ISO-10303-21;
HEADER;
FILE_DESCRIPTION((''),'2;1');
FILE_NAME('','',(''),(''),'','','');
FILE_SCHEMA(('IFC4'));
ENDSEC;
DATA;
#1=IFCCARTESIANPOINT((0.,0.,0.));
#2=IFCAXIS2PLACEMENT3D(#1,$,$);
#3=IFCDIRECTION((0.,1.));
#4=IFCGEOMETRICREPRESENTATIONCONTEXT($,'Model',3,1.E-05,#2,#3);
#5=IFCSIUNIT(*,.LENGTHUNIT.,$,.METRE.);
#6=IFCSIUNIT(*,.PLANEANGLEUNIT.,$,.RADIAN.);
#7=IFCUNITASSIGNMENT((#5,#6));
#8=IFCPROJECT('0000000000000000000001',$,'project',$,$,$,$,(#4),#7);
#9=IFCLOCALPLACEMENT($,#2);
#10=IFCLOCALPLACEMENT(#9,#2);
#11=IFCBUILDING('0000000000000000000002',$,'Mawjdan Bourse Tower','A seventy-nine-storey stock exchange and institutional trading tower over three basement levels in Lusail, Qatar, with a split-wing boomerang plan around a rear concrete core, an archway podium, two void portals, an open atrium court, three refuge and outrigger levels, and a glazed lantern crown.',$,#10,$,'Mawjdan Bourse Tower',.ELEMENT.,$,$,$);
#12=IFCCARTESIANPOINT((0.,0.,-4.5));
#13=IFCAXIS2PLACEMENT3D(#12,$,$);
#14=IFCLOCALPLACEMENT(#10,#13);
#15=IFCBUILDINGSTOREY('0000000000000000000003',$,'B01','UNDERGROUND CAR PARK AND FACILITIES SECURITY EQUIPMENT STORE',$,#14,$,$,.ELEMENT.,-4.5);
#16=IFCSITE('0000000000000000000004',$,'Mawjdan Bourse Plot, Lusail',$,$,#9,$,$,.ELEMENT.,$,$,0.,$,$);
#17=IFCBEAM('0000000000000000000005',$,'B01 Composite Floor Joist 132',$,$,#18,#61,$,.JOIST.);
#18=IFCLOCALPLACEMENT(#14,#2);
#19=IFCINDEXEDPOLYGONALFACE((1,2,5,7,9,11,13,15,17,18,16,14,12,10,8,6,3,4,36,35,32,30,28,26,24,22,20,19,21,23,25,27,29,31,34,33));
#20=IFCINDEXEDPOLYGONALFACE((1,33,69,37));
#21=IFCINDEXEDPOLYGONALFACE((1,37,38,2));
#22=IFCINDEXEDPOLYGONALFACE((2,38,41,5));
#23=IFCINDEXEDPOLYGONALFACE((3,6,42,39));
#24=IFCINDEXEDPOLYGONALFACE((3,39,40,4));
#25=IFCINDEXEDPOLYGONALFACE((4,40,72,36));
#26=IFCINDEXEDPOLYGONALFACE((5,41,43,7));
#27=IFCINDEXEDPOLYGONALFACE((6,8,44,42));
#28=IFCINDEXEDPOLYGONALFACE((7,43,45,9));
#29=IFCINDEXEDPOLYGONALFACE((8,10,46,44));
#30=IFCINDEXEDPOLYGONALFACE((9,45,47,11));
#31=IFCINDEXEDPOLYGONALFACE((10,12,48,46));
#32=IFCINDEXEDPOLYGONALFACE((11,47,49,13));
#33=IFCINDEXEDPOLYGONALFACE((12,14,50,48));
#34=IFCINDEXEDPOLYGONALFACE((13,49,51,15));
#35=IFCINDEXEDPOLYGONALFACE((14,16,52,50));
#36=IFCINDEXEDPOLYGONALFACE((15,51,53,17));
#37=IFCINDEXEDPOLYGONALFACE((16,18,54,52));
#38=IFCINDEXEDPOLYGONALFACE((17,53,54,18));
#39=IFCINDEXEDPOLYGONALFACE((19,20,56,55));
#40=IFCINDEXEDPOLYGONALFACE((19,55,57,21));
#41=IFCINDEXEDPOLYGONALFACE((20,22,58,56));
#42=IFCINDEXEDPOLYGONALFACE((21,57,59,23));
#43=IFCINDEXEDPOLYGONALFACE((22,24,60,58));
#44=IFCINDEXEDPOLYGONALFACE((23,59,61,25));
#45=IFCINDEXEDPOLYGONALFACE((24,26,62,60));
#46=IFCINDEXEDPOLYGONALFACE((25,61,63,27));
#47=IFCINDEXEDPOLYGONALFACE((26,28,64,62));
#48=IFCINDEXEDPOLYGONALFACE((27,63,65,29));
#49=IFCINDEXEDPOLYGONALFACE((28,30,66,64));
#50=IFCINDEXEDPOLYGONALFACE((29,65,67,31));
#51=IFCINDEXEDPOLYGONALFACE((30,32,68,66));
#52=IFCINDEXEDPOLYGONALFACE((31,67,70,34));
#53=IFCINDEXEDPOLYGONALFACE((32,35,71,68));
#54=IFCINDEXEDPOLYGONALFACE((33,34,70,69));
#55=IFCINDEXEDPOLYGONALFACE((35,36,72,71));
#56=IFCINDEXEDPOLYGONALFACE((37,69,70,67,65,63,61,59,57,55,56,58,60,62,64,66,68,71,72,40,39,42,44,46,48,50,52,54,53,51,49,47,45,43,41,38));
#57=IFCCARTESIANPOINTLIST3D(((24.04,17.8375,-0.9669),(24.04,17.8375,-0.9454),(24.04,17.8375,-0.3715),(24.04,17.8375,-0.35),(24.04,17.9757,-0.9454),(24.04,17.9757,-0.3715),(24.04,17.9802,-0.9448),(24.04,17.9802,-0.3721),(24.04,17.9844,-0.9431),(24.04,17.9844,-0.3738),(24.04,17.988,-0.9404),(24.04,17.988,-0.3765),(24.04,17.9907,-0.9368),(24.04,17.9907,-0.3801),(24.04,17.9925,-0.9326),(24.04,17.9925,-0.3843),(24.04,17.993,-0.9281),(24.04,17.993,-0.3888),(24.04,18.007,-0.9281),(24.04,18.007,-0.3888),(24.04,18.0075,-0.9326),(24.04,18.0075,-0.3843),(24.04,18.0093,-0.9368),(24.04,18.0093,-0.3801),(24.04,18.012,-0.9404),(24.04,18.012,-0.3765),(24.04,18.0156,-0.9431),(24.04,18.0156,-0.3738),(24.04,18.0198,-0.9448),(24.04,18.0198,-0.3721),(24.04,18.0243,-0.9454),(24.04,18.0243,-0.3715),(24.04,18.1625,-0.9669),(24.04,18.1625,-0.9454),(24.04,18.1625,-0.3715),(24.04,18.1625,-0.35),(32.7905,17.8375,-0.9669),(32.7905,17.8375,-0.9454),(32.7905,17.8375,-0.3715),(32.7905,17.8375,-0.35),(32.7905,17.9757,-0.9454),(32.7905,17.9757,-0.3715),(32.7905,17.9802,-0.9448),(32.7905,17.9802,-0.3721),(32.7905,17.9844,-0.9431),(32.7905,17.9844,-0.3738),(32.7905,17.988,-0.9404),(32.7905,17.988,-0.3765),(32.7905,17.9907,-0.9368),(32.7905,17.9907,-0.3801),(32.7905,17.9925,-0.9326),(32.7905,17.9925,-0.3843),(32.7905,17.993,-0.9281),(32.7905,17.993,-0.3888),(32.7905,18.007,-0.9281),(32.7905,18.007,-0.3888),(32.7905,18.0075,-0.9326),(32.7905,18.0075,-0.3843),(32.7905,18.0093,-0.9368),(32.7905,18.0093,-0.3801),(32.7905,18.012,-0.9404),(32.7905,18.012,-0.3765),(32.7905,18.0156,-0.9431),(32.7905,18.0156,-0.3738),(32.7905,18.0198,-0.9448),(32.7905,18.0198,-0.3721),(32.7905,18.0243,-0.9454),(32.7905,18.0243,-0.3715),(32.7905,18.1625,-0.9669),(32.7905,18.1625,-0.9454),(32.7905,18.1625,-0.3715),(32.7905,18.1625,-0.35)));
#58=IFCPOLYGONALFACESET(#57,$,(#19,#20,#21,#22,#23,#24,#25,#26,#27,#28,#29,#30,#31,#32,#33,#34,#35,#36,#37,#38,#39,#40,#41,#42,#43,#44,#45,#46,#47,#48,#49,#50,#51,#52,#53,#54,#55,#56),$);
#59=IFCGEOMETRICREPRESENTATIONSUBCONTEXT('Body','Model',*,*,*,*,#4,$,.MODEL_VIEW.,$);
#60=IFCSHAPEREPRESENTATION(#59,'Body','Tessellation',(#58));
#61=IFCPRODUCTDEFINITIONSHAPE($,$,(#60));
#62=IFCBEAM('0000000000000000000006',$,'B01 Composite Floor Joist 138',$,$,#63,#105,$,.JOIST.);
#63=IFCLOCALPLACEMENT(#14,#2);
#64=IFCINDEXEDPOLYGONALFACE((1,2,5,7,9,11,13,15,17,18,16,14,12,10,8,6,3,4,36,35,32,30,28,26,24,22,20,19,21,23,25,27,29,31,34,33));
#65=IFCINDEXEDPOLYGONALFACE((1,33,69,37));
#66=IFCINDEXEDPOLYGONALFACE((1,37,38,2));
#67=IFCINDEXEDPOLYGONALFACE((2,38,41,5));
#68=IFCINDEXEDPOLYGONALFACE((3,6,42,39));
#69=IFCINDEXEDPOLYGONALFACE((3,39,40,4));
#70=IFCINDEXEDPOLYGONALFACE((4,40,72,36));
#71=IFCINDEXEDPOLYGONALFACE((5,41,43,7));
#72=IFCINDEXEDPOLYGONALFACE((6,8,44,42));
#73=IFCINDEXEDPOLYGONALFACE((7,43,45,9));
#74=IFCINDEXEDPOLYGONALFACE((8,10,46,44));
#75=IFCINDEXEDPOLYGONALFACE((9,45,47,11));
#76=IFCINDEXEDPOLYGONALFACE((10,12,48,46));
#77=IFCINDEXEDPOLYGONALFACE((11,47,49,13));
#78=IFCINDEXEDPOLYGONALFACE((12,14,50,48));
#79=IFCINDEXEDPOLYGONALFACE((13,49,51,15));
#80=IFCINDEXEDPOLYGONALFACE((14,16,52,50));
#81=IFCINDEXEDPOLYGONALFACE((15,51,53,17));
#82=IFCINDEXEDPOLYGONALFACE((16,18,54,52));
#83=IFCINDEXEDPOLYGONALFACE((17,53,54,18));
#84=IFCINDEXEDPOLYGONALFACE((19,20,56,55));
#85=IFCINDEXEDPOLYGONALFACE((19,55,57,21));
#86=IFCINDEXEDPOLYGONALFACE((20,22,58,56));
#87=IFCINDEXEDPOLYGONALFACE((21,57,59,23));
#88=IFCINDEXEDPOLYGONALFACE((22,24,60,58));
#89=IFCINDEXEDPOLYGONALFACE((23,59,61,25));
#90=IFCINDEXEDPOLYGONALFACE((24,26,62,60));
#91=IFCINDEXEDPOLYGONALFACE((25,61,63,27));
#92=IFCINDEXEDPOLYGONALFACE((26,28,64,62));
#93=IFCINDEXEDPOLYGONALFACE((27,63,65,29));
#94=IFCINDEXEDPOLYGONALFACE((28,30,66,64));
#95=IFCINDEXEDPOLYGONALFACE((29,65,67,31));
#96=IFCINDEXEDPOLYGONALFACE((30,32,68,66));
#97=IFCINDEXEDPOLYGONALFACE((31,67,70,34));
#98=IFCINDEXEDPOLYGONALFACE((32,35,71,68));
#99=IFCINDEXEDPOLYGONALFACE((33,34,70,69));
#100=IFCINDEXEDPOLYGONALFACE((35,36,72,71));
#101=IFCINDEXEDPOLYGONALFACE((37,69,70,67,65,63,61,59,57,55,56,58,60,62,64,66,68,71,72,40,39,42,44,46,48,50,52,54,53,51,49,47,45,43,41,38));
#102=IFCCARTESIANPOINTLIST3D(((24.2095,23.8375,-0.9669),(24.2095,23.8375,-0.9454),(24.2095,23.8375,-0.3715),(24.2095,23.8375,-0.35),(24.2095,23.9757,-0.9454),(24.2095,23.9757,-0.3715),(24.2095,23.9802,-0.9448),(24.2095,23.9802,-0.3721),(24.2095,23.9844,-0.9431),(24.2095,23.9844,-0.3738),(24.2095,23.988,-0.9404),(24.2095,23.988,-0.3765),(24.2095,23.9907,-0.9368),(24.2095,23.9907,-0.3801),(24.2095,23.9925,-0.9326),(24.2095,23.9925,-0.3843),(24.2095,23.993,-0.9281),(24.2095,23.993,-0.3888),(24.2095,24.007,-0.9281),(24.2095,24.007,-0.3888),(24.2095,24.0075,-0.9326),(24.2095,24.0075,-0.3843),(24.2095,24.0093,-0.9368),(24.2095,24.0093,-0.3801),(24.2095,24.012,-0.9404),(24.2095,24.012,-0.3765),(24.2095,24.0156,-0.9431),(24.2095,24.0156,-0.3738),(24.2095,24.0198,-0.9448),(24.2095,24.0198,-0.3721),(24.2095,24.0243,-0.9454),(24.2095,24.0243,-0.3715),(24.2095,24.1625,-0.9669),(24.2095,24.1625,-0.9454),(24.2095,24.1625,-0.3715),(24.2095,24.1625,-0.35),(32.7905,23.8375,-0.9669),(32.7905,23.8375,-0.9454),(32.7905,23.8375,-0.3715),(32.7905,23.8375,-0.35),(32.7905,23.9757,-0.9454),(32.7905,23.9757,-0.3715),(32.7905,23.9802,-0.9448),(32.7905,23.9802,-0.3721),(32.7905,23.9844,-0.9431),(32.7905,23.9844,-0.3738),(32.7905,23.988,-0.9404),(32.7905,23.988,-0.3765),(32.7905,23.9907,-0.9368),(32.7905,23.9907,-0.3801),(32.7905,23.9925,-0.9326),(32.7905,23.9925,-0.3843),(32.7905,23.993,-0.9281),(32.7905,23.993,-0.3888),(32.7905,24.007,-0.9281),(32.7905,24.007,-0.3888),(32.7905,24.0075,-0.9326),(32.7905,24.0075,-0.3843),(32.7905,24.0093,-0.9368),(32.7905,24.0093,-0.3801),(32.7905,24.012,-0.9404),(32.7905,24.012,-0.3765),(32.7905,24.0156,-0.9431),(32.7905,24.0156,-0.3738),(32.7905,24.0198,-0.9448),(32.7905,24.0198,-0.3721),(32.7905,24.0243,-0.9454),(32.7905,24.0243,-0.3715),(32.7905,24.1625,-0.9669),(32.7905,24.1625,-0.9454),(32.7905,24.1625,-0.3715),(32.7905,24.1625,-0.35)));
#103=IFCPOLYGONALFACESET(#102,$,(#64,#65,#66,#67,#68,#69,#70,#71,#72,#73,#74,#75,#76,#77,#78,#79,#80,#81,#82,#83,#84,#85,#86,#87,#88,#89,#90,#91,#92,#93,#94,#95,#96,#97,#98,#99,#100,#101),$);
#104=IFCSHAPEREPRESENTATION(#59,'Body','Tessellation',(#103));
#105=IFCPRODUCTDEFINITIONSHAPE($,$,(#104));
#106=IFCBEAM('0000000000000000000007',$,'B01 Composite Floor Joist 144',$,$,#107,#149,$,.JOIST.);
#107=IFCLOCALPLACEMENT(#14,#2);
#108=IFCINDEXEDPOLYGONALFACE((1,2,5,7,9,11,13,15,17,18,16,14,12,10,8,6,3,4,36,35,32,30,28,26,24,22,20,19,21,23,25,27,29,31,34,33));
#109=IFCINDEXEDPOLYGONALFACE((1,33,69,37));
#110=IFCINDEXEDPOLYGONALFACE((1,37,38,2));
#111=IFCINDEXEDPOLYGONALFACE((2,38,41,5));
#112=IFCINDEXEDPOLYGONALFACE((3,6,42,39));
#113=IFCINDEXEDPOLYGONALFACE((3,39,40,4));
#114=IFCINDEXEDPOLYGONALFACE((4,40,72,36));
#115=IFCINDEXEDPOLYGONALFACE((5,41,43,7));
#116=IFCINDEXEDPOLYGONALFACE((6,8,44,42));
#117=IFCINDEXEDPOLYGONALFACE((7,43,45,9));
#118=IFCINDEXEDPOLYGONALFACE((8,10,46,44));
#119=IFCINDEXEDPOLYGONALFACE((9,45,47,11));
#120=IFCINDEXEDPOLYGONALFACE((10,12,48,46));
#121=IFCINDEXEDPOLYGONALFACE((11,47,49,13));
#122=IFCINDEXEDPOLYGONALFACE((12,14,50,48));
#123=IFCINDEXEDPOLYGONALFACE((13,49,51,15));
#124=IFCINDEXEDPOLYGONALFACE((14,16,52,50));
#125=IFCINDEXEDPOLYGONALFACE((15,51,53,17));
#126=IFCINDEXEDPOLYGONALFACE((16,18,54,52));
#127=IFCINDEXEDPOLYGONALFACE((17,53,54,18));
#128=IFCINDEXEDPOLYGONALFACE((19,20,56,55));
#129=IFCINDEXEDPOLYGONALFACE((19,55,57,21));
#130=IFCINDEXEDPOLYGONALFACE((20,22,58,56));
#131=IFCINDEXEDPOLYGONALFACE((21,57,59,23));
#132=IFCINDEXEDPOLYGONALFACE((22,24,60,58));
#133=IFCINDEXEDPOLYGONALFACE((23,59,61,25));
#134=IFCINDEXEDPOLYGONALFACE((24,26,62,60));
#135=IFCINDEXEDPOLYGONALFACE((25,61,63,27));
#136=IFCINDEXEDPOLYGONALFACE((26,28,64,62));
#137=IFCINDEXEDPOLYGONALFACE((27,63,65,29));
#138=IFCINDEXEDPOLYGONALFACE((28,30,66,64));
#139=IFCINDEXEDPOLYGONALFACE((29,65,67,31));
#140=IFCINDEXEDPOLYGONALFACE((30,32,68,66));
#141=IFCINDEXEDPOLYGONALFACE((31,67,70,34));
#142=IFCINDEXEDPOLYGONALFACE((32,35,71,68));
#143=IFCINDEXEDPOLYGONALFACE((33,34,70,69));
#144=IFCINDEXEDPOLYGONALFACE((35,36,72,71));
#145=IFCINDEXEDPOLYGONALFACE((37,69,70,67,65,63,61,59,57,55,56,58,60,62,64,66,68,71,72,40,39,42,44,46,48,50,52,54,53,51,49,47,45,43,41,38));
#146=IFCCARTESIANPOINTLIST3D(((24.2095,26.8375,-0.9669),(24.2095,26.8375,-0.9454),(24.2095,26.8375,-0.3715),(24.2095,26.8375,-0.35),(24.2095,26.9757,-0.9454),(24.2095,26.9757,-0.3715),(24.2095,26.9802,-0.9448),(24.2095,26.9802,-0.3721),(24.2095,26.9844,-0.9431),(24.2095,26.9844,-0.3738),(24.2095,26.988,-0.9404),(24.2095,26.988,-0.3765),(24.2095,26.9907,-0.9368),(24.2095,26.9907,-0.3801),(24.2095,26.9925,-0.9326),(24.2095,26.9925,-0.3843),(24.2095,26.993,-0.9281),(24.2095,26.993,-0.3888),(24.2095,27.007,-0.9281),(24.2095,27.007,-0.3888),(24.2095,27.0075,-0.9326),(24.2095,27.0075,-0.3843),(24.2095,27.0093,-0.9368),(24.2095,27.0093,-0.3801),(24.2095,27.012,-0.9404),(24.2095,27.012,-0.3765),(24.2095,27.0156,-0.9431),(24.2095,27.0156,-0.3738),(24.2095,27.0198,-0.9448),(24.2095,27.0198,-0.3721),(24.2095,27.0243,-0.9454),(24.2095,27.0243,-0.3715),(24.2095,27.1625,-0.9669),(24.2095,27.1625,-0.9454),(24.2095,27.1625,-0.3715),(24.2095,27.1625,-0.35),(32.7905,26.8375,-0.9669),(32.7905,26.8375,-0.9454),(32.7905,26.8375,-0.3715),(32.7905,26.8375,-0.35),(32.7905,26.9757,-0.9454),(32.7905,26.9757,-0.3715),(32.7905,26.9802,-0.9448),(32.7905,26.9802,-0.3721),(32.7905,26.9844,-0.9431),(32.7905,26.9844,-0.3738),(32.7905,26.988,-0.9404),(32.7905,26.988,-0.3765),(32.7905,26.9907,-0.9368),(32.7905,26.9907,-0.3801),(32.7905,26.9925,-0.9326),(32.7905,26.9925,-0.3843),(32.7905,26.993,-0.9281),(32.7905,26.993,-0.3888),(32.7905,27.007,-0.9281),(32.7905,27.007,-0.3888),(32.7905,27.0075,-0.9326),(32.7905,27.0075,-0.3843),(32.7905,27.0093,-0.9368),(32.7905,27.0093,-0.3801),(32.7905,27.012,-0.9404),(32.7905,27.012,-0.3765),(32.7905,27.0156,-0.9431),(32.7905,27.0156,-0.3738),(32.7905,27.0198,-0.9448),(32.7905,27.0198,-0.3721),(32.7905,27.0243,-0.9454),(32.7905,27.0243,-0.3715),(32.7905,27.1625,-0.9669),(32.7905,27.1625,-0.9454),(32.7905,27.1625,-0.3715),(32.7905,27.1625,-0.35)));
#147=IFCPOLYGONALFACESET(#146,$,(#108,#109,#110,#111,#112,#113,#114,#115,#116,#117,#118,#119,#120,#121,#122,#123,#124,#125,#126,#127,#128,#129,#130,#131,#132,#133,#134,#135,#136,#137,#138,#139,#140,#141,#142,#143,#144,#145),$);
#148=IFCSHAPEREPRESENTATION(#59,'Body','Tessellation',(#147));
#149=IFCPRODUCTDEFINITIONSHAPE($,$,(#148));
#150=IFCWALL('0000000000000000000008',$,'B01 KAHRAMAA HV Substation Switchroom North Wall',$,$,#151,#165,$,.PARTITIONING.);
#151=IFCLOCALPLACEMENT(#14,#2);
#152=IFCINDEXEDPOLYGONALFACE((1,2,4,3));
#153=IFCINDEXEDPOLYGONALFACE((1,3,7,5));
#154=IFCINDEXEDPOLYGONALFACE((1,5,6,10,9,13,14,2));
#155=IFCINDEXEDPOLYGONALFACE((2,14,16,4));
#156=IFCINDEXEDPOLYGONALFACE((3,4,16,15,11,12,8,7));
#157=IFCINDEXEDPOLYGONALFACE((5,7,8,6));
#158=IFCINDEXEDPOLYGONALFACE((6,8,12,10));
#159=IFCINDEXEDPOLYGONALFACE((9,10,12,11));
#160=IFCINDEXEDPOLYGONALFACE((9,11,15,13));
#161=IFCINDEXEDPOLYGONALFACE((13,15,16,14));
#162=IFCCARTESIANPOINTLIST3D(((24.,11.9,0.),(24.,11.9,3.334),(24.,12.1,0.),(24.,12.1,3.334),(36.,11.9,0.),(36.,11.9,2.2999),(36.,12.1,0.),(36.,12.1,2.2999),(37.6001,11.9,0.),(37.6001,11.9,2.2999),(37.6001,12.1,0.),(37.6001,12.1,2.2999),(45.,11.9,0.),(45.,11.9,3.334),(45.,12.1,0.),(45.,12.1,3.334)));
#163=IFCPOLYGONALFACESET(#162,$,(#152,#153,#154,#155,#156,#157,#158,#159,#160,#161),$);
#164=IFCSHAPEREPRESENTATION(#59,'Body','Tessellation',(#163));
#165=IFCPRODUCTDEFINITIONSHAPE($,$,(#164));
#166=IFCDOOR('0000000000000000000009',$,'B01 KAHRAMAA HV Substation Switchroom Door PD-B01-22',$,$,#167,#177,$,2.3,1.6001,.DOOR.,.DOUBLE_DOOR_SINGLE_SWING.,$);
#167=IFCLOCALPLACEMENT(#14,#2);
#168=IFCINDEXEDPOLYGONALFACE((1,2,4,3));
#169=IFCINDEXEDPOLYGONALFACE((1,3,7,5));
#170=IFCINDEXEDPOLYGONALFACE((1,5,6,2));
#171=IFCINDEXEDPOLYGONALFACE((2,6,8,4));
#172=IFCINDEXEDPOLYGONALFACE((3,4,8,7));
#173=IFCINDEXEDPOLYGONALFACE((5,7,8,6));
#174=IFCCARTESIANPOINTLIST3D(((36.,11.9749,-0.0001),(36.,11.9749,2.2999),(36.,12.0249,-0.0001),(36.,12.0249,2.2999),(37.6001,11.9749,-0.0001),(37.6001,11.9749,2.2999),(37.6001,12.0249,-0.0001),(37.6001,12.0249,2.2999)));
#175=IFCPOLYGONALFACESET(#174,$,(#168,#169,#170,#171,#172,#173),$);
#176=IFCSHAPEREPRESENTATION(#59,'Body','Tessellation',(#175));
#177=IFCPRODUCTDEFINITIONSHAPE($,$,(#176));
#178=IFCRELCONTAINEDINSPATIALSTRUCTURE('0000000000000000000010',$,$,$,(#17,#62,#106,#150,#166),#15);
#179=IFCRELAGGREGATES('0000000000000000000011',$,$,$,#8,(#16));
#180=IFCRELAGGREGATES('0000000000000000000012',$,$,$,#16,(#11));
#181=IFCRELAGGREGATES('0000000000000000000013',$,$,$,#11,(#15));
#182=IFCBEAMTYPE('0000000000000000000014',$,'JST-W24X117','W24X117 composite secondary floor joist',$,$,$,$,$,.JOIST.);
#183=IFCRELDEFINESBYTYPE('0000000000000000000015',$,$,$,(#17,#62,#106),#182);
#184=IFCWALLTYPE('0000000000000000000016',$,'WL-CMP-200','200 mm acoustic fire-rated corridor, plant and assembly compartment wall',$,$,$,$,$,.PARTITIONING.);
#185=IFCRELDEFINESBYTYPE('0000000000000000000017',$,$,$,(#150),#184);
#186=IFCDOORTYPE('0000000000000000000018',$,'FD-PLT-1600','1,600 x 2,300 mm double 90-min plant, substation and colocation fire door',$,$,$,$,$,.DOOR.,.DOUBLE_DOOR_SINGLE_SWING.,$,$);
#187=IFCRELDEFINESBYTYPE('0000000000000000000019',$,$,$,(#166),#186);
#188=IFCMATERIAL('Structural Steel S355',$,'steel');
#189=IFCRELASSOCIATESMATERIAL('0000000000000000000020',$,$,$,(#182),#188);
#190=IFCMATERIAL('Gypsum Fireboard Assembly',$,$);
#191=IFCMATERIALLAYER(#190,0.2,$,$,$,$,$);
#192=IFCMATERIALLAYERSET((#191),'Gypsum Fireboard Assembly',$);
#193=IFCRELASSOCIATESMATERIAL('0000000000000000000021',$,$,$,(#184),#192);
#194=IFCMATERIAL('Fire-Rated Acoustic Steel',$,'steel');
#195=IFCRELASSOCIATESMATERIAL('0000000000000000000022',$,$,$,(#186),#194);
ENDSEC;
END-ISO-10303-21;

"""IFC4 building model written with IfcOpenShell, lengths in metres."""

from ifc_helpers import new_model, si_unit, direction, frame, frame_2d, origin, origin_2d, place, context, subcontext, project, spatial, rectangle, i_section, extrude, material, layer, layer_set, material_profile, profile_set, type_object, element, fill, save


model = new_model("IFC4")

# Units and contexts
model_context = context("Model", 3, precision=1e-05, world=origin(), true_north=direction((0.0, 1.0)))
body_context = subcontext(model_context, "Body", "Model", "MODEL_VIEW")
ifc_project = project(units=[si_unit("LENGTHUNIT", "METRE"), si_unit("PLANEANGLEUNIT", "RADIAN")], contexts=[model_context])

# Site, building, storey
site_placement = place(None, origin())
site = spatial("IfcSite", under=ifc_project, at=site_placement, Name="Mawjdan Bourse Plot, Lusail", CompositionType="ELEMENT", RefElevation=0.0)
building_placement = place(site_placement, origin())
building = spatial("IfcBuilding", under=site, at=building_placement, Name="Mawjdan Bourse Tower", Description="A seventy-nine-storey stock exchange and institutional trading tower over three basement levels in Lusail, Qatar, with a split-wing boomerang plan around a rear concrete core, an archway podium, two void portals, an open atrium court, three refuge and outrigger levels, and a glazed lantern crown.", LongName="Mawjdan Bourse Tower", CompositionType="ELEMENT")
storey_placement = place(building_placement, frame((0.0, 0.0, -4.5)))
storey = spatial("IfcBuildingStorey", under=building, at=storey_placement, Name="B01", Description="UNDERGROUND CAR PARK AND FACILITIES SECURITY EQUIPMENT STORE", CompositionType="ELEMENT", Elevation=-4.5)

# Beams
ifc_material_1 = material(Name="Structural Steel S355", Category="steel")
ifc_material_profile_1 = material_profile(ifc_material_1, i_section(OverallWidth=0.325, OverallDepth=0.6169, WebThickness=0.0139, FlangeThickness=0.0215, FilletRadius=0.0173, at=origin_2d()), Name="W24X117")
ifc_profile_set_1 = profile_set([ifc_material_profile_1], Name="Structural Steel S355")
beam_type_1 = type_object("IfcBeamType", Name="JST-W24X117", Description="W24X117 composite secondary floor joist", PredefinedType="JOIST", material=ifc_profile_set_1)
beam_1_placement = place(storey_placement, frame((24.04, 18.0, -0.6584), z_axis=(1.0, 0.0, 0.0), x_axis=(0.0, 1.0, 0.0)))
element("IfcBeam", 1, at=beam_1_placement, inside=storey, type_object=beam_type_1, Name="B01 Composite Floor Joist 132", PredefinedType="JOIST", context=body_context, shape_type="SweptSolid", body=[
    extrude(i_section(OverallWidth=0.325, OverallDepth=0.6169, WebThickness=0.0139, FlangeThickness=0.0215, FilletRadius=0.0173, at=origin_2d()), origin(), (0.0, 0.0, 1.0), 8.7505),
])
for number, where, z_axis, x_axis, name in (
    (2, (24.2095, 24.0, -0.6584), (1.0, 0.0, 0.0), (0.0, 1.0, 0.0), "B01 Composite Floor Joist 138"),
    (3, (24.2095, 27.0, -0.6584), (1.0, 0.0, 0.0), (0.0, 1.0, 0.0), "B01 Composite Floor Joist 144"),
):
    element("IfcBeam", number, at=place(storey_placement, frame(where, z_axis=z_axis, x_axis=x_axis)), inside=storey, type_object=beam_type_1, Name=name, PredefinedType="JOIST", context=body_context, shape_type="SweptSolid", body=[
        extrude(i_section(OverallWidth=0.325, OverallDepth=0.6169, WebThickness=0.0139, FlangeThickness=0.0215, FilletRadius=0.0173, at=origin_2d()), origin(), (0.0, 0.0, 1.0), 8.5811),
    ])

# Wall, opening, door
ifc_material_2 = material(Name="Gypsum Fireboard Assembly")
ifc_layer = layer(ifc_material_2, 0.2)
ifc_layer_set = layer_set([ifc_layer], Name="Gypsum Fireboard Assembly")
wall_type = type_object("IfcWallType", Name="WL-CMP-200", Description="200 mm acoustic fire-rated corridor, plant and assembly compartment wall", PredefinedType="PARTITIONING", material=ifc_layer_set)
wall_placement = place(storey_placement, frame((24.0, 12.0, 0.0), z_axis=(0.0, 0.0, 1.0), x_axis=(1.0, 0.0, 0.0)))
wall = element("IfcWall", 4, at=wall_placement, inside=storey, type_object=wall_type, Name="B01 KAHRAMAA HV Substation Switchroom North Wall", PredefinedType="PARTITIONING", context=body_context, shape_type="SweptSolid", body=[
    extrude(rectangle(XDim=21.0, YDim=0.2, at=frame_2d((10.5, 0.0))), origin(), (0.0, 0.0, 1.0), 3.334),
])
opening_placement = place(wall_placement, frame((12.0, 0.0, 0.0)))
opening = element("IfcOpeningElement", 5, at=opening_placement, cuts=wall, PredefinedType="OPENING", context=body_context, shape_type="SweptSolid", body=[
    extrude(rectangle(XDim=1.6001, YDim=2.3, at=frame_2d((0.8, 1.1499))), frame((0.0, 0.1099, 0.0), z_axis=(0.0, -1.0, 0.0), x_axis=(1.0, 0.0, 0.0)), (0.0, 0.0, 1.0), 0.22),
])
ifc_material_3 = material(Name="Fire-Rated Acoustic Steel", Category="steel")
door_type = type_object("IfcDoorType", Name="FD-PLT-1600", Description="1,600 x 2,300 mm double 90-min plant, substation and colocation fire door", OperationType="DOUBLE_DOOR_SINGLE_SWING", PredefinedType="DOOR", material=ifc_material_3)
door_placement = place(opening_placement, origin())
door = element("IfcDoor", 6, at=door_placement, inside=storey, type_object=door_type, Name="B01 KAHRAMAA HV Substation Switchroom Door PD-B01-22", OperationType="DOUBLE_DOOR_SINGLE_SWING", OverallHeight=2.3, OverallWidth=1.6001, PredefinedType="DOOR", context=body_context, shape_type="SweptSolid", body=[
    extrude(rectangle(XDim=1.6001, YDim=2.3, at=frame_2d((0.8, 1.1499))), frame((0.0, 0.0249, 0.0), z_axis=(0.0, -1.0, 0.0), x_axis=(1.0, 0.0, 0.0)), (0.0, 0.0, 1.0), 0.05),
])
fill(opening, door)

save(model, "model.ifc")
